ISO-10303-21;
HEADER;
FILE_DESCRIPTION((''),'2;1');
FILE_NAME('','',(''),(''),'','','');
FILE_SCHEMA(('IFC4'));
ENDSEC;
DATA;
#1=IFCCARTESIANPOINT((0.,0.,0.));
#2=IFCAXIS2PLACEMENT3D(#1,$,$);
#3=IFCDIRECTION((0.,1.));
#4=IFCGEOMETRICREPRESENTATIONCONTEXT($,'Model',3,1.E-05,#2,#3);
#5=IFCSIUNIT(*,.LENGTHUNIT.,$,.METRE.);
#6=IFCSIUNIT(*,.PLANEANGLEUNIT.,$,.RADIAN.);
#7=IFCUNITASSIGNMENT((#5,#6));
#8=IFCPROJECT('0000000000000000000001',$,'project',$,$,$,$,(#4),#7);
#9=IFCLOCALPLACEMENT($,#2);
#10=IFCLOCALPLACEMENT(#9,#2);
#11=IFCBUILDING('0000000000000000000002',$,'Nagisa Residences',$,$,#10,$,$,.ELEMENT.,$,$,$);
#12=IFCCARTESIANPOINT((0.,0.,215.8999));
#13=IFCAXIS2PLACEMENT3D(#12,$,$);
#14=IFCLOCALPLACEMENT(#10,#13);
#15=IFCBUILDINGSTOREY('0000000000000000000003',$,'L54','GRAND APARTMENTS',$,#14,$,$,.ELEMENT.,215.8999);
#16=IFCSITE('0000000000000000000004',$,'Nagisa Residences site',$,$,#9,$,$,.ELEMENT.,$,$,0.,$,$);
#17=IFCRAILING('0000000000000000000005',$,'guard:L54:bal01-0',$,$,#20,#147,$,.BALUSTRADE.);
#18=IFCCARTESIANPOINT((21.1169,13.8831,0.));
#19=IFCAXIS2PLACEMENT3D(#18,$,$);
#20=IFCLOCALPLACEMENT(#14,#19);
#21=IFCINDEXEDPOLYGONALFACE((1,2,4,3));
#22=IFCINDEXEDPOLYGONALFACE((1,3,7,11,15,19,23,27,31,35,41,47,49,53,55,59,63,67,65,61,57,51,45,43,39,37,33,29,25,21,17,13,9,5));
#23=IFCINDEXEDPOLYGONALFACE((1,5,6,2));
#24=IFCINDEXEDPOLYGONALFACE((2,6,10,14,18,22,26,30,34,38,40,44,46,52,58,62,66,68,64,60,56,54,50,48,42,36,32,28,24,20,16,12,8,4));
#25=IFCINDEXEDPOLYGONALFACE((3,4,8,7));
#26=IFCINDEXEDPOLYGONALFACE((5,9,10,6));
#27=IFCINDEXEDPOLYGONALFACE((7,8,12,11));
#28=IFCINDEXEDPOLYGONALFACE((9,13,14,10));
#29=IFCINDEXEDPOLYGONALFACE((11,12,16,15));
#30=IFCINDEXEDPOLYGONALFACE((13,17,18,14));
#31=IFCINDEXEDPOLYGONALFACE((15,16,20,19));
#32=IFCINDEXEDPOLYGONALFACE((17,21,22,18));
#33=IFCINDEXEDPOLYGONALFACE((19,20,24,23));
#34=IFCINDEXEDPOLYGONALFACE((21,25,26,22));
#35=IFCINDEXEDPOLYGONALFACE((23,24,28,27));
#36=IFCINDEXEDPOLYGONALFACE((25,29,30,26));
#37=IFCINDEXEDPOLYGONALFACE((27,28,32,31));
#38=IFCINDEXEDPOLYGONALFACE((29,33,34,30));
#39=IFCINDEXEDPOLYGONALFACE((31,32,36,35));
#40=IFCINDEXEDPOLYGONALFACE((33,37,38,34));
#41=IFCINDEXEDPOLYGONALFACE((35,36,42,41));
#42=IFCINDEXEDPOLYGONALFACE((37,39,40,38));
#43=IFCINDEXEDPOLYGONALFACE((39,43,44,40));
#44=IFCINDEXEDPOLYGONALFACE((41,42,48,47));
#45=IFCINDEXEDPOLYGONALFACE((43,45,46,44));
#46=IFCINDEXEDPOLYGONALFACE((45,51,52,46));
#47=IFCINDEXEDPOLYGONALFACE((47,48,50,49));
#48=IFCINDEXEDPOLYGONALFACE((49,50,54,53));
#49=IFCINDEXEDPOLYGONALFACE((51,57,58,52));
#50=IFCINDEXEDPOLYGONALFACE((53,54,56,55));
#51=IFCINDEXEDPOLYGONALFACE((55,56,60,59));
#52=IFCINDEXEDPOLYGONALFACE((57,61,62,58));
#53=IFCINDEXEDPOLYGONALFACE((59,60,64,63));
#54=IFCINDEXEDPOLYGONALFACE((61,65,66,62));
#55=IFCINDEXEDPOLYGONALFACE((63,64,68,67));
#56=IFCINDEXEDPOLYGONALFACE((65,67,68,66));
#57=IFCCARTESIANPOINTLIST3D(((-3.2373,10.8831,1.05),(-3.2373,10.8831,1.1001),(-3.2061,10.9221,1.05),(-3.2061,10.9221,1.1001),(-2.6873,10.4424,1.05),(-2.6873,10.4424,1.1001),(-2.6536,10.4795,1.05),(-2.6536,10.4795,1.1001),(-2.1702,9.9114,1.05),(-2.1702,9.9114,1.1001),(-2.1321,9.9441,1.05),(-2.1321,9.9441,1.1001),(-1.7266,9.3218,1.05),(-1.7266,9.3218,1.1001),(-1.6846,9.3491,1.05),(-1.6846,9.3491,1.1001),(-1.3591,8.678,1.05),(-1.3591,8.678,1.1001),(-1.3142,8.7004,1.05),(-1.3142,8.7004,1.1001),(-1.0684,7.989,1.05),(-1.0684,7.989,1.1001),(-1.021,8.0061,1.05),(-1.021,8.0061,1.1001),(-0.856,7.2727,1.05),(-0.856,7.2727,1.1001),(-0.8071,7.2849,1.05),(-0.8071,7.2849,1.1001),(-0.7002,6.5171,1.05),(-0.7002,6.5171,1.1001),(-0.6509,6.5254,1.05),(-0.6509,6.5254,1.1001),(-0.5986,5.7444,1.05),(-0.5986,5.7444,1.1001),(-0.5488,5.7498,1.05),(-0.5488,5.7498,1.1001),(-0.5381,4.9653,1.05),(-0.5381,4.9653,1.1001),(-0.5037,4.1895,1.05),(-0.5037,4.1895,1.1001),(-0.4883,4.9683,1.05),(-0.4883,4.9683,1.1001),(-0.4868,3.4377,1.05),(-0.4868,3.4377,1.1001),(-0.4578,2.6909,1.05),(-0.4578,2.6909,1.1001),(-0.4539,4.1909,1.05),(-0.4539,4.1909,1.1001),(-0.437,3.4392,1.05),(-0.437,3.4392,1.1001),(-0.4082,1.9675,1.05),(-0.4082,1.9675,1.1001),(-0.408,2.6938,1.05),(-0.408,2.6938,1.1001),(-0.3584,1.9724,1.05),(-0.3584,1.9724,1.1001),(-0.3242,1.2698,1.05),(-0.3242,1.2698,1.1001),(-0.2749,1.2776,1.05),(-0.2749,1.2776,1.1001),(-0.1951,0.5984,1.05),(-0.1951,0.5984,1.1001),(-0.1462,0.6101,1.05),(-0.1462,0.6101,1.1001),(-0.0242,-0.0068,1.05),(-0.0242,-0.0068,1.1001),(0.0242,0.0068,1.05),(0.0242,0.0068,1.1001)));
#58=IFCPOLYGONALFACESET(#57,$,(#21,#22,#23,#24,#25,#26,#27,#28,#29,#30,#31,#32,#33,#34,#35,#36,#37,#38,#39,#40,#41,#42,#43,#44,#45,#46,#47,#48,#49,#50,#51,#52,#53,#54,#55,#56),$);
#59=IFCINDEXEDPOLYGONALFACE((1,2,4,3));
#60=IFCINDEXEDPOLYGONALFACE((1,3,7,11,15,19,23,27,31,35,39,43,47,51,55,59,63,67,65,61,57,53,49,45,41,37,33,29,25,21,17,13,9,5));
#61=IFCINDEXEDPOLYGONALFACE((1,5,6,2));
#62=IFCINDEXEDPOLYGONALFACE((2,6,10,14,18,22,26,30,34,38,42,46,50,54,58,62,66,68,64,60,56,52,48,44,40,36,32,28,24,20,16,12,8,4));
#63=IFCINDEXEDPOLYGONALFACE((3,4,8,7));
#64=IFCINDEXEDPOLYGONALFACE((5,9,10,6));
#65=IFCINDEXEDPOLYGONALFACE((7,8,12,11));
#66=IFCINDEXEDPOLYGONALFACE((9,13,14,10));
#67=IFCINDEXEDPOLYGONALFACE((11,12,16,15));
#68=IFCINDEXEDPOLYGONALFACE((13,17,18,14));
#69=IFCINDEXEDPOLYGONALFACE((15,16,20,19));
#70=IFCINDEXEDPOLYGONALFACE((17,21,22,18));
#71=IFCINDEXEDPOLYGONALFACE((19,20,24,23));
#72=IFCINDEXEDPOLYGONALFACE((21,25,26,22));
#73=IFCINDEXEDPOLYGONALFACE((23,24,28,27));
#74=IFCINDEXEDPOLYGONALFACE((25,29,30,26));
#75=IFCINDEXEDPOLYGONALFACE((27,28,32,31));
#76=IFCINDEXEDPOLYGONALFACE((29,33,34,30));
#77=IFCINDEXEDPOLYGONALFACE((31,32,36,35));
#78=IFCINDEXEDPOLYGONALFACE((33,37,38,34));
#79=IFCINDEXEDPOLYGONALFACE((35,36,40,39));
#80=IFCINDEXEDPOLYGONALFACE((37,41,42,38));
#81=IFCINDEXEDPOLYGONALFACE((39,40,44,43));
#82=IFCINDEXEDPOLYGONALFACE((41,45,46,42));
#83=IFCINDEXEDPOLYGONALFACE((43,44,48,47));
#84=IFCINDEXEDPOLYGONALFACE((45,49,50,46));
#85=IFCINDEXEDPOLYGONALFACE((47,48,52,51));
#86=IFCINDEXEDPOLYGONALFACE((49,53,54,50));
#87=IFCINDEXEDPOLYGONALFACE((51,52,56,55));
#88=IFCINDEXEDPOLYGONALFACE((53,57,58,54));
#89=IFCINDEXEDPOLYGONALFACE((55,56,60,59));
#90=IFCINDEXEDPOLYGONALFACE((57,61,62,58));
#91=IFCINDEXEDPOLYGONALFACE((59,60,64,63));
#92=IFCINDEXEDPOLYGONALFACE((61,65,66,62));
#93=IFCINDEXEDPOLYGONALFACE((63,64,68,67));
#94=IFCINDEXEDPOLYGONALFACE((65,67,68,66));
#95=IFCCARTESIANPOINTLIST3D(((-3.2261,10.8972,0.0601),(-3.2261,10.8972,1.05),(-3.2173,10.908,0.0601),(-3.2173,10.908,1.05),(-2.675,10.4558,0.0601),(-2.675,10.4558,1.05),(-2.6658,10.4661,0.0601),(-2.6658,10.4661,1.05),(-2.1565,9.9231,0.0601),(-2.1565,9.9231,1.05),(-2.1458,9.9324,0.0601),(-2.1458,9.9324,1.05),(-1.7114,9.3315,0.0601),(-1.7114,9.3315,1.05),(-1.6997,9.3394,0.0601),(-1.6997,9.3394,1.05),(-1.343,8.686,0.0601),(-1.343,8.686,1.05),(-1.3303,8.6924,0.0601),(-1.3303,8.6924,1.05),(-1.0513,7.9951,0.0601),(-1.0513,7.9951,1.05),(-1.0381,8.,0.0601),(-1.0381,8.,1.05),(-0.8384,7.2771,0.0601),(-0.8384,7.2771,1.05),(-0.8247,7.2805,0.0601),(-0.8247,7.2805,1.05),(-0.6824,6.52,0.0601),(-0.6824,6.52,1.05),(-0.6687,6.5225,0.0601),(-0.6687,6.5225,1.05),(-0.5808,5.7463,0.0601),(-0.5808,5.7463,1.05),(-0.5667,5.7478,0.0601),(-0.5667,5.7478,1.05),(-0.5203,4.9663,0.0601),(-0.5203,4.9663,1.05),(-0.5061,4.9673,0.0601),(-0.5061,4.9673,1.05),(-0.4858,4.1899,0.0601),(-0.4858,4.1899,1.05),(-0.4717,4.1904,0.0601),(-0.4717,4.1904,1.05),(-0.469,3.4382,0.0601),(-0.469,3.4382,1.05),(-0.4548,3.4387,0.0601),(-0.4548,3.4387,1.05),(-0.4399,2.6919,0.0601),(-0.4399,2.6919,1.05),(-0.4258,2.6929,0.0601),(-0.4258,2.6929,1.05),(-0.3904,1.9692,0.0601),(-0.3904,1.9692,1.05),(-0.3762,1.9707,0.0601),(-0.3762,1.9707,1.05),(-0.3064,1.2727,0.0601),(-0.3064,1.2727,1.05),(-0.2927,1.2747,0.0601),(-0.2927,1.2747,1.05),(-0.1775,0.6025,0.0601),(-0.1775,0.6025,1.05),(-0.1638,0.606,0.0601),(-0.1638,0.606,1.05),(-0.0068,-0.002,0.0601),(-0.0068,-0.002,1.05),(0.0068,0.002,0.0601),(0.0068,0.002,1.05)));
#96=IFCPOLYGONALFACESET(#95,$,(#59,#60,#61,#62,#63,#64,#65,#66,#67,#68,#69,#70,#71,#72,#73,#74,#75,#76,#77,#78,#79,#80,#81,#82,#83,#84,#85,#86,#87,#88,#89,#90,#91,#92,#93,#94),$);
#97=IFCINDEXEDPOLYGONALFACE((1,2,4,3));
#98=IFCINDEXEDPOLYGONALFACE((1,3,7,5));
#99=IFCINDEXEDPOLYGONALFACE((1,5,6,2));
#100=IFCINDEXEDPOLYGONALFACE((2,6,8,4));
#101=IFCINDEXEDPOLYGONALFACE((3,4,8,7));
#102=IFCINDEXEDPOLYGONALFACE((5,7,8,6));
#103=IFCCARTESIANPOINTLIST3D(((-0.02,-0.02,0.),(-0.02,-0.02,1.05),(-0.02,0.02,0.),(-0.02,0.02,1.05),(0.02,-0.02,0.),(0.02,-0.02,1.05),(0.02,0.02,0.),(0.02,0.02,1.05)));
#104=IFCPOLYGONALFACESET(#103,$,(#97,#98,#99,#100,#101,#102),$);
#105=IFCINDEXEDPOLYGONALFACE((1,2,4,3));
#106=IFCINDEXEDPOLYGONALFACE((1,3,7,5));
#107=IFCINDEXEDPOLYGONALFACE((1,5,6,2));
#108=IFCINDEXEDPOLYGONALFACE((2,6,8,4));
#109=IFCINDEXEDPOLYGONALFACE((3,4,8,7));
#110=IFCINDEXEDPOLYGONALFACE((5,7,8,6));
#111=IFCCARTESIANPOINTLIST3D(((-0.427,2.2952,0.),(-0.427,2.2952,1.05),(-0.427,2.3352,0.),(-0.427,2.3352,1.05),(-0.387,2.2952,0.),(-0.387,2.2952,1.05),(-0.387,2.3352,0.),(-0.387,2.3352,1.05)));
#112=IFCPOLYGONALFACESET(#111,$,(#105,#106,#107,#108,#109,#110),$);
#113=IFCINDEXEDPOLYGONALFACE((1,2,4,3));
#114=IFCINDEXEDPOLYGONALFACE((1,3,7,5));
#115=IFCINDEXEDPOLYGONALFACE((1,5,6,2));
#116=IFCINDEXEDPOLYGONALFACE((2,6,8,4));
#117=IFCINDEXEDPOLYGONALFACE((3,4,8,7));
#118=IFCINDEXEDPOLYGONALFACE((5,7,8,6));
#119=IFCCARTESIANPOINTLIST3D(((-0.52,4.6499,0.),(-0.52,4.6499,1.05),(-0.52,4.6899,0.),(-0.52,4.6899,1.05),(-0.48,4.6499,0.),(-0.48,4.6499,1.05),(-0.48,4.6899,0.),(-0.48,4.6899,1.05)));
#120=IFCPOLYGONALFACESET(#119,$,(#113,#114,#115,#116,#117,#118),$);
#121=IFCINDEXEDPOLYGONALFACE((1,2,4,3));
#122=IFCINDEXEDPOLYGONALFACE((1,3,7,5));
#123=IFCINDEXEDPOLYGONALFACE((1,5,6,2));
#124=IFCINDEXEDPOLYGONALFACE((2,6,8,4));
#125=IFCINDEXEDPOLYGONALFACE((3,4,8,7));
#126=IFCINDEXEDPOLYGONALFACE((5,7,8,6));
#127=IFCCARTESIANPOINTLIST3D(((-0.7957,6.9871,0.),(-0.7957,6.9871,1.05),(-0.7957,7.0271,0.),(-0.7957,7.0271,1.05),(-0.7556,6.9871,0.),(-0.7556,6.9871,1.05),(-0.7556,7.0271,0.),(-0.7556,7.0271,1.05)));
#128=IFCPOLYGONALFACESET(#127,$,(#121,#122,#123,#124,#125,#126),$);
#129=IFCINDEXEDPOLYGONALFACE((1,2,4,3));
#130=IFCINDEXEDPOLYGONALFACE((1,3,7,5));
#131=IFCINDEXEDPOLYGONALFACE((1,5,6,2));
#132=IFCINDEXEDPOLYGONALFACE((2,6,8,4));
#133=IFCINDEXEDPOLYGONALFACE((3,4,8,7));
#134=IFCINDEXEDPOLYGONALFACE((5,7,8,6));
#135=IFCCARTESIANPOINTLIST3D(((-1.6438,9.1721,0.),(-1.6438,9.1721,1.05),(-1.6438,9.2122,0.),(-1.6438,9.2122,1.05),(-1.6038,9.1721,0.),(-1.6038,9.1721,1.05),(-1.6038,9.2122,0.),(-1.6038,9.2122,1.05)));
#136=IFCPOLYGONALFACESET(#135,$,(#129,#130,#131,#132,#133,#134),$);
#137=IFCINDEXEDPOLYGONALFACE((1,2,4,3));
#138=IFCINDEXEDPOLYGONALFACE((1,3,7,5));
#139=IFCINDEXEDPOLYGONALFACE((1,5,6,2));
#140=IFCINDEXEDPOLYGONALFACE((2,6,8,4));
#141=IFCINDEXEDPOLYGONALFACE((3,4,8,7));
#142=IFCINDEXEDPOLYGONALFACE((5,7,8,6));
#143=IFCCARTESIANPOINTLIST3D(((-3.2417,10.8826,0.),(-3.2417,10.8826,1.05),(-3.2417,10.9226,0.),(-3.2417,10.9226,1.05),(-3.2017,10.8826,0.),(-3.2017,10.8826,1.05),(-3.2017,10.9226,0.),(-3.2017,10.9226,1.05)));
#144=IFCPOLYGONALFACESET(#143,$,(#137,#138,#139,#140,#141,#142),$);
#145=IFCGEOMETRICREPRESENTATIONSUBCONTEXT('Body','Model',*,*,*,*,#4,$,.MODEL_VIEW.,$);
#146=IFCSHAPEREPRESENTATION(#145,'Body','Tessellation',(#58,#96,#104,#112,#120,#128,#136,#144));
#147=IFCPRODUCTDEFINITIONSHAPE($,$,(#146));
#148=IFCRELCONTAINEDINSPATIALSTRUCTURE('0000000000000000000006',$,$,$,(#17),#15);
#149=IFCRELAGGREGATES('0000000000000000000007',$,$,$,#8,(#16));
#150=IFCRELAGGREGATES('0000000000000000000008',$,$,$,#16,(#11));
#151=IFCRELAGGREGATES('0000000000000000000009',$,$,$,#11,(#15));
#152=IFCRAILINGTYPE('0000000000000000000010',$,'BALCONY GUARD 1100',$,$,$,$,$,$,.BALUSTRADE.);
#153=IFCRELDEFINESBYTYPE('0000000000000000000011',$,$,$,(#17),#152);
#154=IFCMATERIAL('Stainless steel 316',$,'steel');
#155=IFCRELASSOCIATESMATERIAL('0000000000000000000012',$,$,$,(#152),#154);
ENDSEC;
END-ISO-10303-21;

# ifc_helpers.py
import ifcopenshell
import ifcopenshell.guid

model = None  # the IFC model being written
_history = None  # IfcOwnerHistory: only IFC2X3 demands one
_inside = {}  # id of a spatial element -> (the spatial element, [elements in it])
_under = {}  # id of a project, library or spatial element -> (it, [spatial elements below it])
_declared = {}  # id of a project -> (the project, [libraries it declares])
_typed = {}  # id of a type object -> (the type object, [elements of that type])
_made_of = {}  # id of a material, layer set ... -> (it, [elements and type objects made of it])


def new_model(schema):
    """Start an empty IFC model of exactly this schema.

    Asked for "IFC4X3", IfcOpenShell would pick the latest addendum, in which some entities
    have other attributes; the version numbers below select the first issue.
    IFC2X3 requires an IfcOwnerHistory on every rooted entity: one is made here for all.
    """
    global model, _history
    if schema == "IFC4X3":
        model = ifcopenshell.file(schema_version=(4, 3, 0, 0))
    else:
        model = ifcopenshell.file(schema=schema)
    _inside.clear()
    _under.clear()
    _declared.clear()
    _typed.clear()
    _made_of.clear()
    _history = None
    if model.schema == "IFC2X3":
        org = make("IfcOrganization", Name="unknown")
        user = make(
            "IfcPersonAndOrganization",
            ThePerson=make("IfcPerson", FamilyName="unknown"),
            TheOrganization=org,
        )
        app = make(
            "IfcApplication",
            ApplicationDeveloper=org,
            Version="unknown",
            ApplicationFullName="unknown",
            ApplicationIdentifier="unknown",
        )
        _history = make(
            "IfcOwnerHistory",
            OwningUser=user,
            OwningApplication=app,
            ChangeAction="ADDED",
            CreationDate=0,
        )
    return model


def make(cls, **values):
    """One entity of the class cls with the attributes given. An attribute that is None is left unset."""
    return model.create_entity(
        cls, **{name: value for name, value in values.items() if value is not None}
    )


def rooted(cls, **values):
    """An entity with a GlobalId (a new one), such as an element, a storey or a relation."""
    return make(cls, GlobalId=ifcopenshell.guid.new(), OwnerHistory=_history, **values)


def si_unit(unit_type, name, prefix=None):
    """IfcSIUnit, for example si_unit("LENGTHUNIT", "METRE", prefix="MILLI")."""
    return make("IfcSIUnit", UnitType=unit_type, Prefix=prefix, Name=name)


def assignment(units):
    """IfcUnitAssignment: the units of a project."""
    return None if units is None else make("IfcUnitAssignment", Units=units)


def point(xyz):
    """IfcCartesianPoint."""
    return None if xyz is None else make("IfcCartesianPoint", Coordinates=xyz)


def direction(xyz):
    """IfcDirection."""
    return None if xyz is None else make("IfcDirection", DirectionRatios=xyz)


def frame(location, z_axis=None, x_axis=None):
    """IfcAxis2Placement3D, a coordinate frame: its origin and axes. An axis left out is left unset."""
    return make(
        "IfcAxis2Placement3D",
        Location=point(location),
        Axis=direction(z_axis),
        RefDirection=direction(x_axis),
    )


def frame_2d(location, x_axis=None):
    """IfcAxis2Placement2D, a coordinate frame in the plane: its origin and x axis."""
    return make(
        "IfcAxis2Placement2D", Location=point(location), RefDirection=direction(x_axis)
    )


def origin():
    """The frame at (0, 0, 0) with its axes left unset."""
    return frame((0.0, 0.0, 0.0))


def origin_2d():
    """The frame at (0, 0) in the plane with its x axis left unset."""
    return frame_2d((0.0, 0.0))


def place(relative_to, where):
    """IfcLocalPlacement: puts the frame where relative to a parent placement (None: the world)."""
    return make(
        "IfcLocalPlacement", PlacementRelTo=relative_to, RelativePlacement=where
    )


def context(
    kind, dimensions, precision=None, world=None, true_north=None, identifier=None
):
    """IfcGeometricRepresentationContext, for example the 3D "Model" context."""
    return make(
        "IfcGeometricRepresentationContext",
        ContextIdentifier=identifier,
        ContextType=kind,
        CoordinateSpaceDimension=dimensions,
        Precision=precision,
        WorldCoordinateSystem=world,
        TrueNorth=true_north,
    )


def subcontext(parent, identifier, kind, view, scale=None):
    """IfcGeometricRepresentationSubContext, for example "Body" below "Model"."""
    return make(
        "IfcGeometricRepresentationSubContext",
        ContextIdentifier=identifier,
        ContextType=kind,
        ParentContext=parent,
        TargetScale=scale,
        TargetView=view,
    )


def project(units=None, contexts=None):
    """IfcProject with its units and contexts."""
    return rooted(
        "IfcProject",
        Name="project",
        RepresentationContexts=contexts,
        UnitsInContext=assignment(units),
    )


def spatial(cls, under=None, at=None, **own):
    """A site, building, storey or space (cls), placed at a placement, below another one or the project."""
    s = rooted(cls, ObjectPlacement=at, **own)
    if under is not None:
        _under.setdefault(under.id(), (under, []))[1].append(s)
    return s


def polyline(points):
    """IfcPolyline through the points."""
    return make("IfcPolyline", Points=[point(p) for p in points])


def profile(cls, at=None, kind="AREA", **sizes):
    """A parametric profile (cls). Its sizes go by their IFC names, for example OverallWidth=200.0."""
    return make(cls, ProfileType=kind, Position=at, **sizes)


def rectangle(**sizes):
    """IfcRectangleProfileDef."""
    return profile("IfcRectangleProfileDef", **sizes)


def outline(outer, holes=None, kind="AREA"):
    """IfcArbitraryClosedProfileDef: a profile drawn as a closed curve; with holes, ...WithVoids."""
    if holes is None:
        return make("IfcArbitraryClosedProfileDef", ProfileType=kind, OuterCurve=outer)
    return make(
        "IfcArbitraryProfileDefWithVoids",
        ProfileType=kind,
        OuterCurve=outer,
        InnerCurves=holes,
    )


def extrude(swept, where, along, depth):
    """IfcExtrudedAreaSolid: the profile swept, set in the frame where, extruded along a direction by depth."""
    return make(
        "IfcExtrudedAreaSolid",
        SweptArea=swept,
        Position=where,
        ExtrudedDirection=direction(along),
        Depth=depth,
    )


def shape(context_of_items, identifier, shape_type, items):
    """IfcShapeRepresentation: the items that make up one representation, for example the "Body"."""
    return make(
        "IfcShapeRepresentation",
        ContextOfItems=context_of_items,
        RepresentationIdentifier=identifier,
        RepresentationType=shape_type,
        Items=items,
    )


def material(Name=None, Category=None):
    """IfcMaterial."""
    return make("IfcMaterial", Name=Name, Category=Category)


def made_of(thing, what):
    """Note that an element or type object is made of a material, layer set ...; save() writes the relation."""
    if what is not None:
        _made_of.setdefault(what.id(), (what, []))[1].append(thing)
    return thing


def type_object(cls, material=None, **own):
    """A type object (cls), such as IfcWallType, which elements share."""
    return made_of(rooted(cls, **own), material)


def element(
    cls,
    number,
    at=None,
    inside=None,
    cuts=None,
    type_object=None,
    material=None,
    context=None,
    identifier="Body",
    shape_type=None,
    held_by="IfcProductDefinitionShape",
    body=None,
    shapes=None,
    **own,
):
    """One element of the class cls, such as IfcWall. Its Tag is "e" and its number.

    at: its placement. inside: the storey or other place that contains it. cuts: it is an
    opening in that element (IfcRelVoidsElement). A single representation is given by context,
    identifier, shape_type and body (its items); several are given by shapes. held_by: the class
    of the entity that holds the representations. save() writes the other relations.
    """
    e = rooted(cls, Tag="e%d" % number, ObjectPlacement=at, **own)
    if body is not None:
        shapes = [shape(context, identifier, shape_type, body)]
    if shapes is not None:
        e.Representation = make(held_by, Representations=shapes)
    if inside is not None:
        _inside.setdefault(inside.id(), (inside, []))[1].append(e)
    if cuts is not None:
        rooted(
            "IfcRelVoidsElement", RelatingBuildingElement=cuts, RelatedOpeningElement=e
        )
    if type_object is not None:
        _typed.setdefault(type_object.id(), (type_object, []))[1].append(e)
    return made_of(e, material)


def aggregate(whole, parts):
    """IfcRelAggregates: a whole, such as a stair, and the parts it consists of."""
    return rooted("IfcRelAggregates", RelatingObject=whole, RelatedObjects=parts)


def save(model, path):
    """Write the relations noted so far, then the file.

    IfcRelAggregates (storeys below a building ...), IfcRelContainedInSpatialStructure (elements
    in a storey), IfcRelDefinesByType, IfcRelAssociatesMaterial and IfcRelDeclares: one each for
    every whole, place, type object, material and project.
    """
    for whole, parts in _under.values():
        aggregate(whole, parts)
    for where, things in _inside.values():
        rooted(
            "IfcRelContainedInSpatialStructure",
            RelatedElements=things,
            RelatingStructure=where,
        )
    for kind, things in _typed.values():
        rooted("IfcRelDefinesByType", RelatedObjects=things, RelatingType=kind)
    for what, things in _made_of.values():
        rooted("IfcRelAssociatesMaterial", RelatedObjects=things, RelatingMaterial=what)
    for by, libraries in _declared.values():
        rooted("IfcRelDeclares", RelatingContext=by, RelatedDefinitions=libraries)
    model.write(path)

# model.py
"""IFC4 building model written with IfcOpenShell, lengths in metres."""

from ifc_helpers import new_model, si_unit, direction, frame, origin, origin_2d, place, context, subcontext, project, spatial, polyline, rectangle, outline, extrude, material, type_object, element, save


model = new_model("IFC4")

# Units and contexts
model_context = context("Model", 3, precision=1e-05, world=origin(), true_north=direction((0.0, 1.0)))
body_context = subcontext(model_context, "Body", "Model", "MODEL_VIEW")
ifc_project = project(units=[si_unit("LENGTHUNIT", "METRE"), si_unit("PLANEANGLEUNIT", "RADIAN")], contexts=[model_context])

# Site, building, storey
site_placement = place(None, origin())
site = spatial("IfcSite", under=ifc_project, at=site_placement, Name="Nagisa Residences site", CompositionType="ELEMENT", RefElevation=0.0)
building_placement = place(site_placement, origin())
building = spatial("IfcBuilding", under=site, at=building_placement, Name="Nagisa Residences", CompositionType="ELEMENT")
storey_placement = place(building_placement, frame((0.0, 0.0, 215.8999)))
storey = spatial("IfcBuildingStorey", under=building, at=storey_placement, Name="L54", Description="GRAND APARTMENTS", CompositionType="ELEMENT", Elevation=215.8999)

# Railing
ifc_material_1 = material(Name="Stainless steel 316", Category="steel")
railing_type = type_object("IfcRailingType", Name="BALCONY GUARD 1100", PredefinedType="BALUSTRADE", material=ifc_material_1)
railing_1_placement = place(storey_placement, frame((21.1169, 13.8831, 0.0)))
element("IfcRailing", 1, at=railing_1_placement, inside=storey, type_object=railing_type, Name="guard:L54:bal01-0", PredefinedType="BALUSTRADE", context=body_context, shape_type="SweptSolid", body=[
    extrude(outline(polyline([(-0.1951, 0.5984), (-0.0242, -0.0068), (0.0242, 0.0068), (-0.1462, 0.6101), (-0.2749, 1.2776), (-0.3584, 1.9724), (-0.408, 2.6938), (-0.437, 3.4392), (-0.4539, 4.1909), (-0.4883, 4.9683), (-0.5488, 5.7498), (-0.6509, 6.5254), (-0.8071, 7.2849), (-1.021, 8.0061), (-1.3142, 8.7004), (-1.6846, 9.3491), (-2.1321, 9.9441), (-2.6536, 10.4795), (-3.2061, 10.9221), (-3.2373, 10.8831), (-2.6873, 10.4424), (-2.1702, 9.9114), (-1.7266, 9.3218), (-1.3591, 8.678), (-1.0684, 7.989), (-0.856, 7.2727), (-0.7002, 6.5171), (-0.5986, 5.7444), (-0.5381, 4.9653), (-0.5037, 4.1895), (-0.4868, 3.4377), (-0.4578, 2.6909), (-0.4082, 1.9675), (-0.3242, 1.2698), (-0.1951, 0.5984)])), frame((0.0, 0.0, 1.05)), (0.0, 0.0, 1.0), 0.05),
    extrude(outline(polyline([(-0.1775, 0.6025), (-0.0068, -0.002), (0.0068, 0.002), (-0.1638, 0.606), (-0.2927, 1.2747), (-0.3762, 1.9707), (-0.4258, 2.6929), (-0.4548, 3.4387), (-0.4717, 4.1904), (-0.5061, 4.9673), (-0.5667, 5.7478), (-0.6687, 6.5225), (-0.8247, 7.2805), (-1.0381, 8.0), (-1.3303, 8.6924), (-1.6997, 9.3394), (-2.1458, 9.9324), (-2.6658, 10.4661), (-3.2173, 10.908), (-3.2261, 10.8972), (-2.675, 10.4558), (-2.1565, 9.9231), (-1.7114, 9.3315), (-1.343, 8.686), (-1.0513, 7.9951), (-0.8384, 7.2771), (-0.6824, 6.52), (-0.5808, 5.7463), (-0.5203, 4.9663), (-0.4858, 4.1899), (-0.469, 3.4382), (-0.4399, 2.6919), (-0.3904, 1.9692), (-0.3064, 1.2727), (-0.1775, 0.6025)])), frame((0.0, 0.0, 0.0601)), (0.0, 0.0, 1.0), 0.99),
    extrude(rectangle(XDim=0.04, YDim=0.04, at=origin_2d()), origin(), (0.0, 0.0, 1.0), 1.05),
    extrude(rectangle(XDim=0.04, YDim=0.04, at=origin_2d()), frame((-0.407, 2.3152, 0.0)), (0.0, 0.0, 1.0), 1.05),
    extrude(rectangle(XDim=0.04, YDim=0.04, at=origin_2d()), frame((-0.5, 4.6699, 0.0)), (0.0, 0.0, 1.0), 1.05),
    extrude(rectangle(XDim=0.04, YDim=0.04, at=origin_2d()), frame((-0.7756, 7.0071, 0.0)), (0.0, 0.0, 1.0), 1.05),
    extrude(rectangle(XDim=0.04, YDim=0.04, at=origin_2d()), frame((-1.6238, 9.1921, 0.0)), (0.0, 0.0, 1.0), 1.05),
    extrude(rectangle(XDim=0.04, YDim=0.04, at=origin_2d()), frame((-3.2217, 10.9026, 0.0)), (0.0, 0.0, 1.0), 1.05),
])

save(model, "model.ifc")
